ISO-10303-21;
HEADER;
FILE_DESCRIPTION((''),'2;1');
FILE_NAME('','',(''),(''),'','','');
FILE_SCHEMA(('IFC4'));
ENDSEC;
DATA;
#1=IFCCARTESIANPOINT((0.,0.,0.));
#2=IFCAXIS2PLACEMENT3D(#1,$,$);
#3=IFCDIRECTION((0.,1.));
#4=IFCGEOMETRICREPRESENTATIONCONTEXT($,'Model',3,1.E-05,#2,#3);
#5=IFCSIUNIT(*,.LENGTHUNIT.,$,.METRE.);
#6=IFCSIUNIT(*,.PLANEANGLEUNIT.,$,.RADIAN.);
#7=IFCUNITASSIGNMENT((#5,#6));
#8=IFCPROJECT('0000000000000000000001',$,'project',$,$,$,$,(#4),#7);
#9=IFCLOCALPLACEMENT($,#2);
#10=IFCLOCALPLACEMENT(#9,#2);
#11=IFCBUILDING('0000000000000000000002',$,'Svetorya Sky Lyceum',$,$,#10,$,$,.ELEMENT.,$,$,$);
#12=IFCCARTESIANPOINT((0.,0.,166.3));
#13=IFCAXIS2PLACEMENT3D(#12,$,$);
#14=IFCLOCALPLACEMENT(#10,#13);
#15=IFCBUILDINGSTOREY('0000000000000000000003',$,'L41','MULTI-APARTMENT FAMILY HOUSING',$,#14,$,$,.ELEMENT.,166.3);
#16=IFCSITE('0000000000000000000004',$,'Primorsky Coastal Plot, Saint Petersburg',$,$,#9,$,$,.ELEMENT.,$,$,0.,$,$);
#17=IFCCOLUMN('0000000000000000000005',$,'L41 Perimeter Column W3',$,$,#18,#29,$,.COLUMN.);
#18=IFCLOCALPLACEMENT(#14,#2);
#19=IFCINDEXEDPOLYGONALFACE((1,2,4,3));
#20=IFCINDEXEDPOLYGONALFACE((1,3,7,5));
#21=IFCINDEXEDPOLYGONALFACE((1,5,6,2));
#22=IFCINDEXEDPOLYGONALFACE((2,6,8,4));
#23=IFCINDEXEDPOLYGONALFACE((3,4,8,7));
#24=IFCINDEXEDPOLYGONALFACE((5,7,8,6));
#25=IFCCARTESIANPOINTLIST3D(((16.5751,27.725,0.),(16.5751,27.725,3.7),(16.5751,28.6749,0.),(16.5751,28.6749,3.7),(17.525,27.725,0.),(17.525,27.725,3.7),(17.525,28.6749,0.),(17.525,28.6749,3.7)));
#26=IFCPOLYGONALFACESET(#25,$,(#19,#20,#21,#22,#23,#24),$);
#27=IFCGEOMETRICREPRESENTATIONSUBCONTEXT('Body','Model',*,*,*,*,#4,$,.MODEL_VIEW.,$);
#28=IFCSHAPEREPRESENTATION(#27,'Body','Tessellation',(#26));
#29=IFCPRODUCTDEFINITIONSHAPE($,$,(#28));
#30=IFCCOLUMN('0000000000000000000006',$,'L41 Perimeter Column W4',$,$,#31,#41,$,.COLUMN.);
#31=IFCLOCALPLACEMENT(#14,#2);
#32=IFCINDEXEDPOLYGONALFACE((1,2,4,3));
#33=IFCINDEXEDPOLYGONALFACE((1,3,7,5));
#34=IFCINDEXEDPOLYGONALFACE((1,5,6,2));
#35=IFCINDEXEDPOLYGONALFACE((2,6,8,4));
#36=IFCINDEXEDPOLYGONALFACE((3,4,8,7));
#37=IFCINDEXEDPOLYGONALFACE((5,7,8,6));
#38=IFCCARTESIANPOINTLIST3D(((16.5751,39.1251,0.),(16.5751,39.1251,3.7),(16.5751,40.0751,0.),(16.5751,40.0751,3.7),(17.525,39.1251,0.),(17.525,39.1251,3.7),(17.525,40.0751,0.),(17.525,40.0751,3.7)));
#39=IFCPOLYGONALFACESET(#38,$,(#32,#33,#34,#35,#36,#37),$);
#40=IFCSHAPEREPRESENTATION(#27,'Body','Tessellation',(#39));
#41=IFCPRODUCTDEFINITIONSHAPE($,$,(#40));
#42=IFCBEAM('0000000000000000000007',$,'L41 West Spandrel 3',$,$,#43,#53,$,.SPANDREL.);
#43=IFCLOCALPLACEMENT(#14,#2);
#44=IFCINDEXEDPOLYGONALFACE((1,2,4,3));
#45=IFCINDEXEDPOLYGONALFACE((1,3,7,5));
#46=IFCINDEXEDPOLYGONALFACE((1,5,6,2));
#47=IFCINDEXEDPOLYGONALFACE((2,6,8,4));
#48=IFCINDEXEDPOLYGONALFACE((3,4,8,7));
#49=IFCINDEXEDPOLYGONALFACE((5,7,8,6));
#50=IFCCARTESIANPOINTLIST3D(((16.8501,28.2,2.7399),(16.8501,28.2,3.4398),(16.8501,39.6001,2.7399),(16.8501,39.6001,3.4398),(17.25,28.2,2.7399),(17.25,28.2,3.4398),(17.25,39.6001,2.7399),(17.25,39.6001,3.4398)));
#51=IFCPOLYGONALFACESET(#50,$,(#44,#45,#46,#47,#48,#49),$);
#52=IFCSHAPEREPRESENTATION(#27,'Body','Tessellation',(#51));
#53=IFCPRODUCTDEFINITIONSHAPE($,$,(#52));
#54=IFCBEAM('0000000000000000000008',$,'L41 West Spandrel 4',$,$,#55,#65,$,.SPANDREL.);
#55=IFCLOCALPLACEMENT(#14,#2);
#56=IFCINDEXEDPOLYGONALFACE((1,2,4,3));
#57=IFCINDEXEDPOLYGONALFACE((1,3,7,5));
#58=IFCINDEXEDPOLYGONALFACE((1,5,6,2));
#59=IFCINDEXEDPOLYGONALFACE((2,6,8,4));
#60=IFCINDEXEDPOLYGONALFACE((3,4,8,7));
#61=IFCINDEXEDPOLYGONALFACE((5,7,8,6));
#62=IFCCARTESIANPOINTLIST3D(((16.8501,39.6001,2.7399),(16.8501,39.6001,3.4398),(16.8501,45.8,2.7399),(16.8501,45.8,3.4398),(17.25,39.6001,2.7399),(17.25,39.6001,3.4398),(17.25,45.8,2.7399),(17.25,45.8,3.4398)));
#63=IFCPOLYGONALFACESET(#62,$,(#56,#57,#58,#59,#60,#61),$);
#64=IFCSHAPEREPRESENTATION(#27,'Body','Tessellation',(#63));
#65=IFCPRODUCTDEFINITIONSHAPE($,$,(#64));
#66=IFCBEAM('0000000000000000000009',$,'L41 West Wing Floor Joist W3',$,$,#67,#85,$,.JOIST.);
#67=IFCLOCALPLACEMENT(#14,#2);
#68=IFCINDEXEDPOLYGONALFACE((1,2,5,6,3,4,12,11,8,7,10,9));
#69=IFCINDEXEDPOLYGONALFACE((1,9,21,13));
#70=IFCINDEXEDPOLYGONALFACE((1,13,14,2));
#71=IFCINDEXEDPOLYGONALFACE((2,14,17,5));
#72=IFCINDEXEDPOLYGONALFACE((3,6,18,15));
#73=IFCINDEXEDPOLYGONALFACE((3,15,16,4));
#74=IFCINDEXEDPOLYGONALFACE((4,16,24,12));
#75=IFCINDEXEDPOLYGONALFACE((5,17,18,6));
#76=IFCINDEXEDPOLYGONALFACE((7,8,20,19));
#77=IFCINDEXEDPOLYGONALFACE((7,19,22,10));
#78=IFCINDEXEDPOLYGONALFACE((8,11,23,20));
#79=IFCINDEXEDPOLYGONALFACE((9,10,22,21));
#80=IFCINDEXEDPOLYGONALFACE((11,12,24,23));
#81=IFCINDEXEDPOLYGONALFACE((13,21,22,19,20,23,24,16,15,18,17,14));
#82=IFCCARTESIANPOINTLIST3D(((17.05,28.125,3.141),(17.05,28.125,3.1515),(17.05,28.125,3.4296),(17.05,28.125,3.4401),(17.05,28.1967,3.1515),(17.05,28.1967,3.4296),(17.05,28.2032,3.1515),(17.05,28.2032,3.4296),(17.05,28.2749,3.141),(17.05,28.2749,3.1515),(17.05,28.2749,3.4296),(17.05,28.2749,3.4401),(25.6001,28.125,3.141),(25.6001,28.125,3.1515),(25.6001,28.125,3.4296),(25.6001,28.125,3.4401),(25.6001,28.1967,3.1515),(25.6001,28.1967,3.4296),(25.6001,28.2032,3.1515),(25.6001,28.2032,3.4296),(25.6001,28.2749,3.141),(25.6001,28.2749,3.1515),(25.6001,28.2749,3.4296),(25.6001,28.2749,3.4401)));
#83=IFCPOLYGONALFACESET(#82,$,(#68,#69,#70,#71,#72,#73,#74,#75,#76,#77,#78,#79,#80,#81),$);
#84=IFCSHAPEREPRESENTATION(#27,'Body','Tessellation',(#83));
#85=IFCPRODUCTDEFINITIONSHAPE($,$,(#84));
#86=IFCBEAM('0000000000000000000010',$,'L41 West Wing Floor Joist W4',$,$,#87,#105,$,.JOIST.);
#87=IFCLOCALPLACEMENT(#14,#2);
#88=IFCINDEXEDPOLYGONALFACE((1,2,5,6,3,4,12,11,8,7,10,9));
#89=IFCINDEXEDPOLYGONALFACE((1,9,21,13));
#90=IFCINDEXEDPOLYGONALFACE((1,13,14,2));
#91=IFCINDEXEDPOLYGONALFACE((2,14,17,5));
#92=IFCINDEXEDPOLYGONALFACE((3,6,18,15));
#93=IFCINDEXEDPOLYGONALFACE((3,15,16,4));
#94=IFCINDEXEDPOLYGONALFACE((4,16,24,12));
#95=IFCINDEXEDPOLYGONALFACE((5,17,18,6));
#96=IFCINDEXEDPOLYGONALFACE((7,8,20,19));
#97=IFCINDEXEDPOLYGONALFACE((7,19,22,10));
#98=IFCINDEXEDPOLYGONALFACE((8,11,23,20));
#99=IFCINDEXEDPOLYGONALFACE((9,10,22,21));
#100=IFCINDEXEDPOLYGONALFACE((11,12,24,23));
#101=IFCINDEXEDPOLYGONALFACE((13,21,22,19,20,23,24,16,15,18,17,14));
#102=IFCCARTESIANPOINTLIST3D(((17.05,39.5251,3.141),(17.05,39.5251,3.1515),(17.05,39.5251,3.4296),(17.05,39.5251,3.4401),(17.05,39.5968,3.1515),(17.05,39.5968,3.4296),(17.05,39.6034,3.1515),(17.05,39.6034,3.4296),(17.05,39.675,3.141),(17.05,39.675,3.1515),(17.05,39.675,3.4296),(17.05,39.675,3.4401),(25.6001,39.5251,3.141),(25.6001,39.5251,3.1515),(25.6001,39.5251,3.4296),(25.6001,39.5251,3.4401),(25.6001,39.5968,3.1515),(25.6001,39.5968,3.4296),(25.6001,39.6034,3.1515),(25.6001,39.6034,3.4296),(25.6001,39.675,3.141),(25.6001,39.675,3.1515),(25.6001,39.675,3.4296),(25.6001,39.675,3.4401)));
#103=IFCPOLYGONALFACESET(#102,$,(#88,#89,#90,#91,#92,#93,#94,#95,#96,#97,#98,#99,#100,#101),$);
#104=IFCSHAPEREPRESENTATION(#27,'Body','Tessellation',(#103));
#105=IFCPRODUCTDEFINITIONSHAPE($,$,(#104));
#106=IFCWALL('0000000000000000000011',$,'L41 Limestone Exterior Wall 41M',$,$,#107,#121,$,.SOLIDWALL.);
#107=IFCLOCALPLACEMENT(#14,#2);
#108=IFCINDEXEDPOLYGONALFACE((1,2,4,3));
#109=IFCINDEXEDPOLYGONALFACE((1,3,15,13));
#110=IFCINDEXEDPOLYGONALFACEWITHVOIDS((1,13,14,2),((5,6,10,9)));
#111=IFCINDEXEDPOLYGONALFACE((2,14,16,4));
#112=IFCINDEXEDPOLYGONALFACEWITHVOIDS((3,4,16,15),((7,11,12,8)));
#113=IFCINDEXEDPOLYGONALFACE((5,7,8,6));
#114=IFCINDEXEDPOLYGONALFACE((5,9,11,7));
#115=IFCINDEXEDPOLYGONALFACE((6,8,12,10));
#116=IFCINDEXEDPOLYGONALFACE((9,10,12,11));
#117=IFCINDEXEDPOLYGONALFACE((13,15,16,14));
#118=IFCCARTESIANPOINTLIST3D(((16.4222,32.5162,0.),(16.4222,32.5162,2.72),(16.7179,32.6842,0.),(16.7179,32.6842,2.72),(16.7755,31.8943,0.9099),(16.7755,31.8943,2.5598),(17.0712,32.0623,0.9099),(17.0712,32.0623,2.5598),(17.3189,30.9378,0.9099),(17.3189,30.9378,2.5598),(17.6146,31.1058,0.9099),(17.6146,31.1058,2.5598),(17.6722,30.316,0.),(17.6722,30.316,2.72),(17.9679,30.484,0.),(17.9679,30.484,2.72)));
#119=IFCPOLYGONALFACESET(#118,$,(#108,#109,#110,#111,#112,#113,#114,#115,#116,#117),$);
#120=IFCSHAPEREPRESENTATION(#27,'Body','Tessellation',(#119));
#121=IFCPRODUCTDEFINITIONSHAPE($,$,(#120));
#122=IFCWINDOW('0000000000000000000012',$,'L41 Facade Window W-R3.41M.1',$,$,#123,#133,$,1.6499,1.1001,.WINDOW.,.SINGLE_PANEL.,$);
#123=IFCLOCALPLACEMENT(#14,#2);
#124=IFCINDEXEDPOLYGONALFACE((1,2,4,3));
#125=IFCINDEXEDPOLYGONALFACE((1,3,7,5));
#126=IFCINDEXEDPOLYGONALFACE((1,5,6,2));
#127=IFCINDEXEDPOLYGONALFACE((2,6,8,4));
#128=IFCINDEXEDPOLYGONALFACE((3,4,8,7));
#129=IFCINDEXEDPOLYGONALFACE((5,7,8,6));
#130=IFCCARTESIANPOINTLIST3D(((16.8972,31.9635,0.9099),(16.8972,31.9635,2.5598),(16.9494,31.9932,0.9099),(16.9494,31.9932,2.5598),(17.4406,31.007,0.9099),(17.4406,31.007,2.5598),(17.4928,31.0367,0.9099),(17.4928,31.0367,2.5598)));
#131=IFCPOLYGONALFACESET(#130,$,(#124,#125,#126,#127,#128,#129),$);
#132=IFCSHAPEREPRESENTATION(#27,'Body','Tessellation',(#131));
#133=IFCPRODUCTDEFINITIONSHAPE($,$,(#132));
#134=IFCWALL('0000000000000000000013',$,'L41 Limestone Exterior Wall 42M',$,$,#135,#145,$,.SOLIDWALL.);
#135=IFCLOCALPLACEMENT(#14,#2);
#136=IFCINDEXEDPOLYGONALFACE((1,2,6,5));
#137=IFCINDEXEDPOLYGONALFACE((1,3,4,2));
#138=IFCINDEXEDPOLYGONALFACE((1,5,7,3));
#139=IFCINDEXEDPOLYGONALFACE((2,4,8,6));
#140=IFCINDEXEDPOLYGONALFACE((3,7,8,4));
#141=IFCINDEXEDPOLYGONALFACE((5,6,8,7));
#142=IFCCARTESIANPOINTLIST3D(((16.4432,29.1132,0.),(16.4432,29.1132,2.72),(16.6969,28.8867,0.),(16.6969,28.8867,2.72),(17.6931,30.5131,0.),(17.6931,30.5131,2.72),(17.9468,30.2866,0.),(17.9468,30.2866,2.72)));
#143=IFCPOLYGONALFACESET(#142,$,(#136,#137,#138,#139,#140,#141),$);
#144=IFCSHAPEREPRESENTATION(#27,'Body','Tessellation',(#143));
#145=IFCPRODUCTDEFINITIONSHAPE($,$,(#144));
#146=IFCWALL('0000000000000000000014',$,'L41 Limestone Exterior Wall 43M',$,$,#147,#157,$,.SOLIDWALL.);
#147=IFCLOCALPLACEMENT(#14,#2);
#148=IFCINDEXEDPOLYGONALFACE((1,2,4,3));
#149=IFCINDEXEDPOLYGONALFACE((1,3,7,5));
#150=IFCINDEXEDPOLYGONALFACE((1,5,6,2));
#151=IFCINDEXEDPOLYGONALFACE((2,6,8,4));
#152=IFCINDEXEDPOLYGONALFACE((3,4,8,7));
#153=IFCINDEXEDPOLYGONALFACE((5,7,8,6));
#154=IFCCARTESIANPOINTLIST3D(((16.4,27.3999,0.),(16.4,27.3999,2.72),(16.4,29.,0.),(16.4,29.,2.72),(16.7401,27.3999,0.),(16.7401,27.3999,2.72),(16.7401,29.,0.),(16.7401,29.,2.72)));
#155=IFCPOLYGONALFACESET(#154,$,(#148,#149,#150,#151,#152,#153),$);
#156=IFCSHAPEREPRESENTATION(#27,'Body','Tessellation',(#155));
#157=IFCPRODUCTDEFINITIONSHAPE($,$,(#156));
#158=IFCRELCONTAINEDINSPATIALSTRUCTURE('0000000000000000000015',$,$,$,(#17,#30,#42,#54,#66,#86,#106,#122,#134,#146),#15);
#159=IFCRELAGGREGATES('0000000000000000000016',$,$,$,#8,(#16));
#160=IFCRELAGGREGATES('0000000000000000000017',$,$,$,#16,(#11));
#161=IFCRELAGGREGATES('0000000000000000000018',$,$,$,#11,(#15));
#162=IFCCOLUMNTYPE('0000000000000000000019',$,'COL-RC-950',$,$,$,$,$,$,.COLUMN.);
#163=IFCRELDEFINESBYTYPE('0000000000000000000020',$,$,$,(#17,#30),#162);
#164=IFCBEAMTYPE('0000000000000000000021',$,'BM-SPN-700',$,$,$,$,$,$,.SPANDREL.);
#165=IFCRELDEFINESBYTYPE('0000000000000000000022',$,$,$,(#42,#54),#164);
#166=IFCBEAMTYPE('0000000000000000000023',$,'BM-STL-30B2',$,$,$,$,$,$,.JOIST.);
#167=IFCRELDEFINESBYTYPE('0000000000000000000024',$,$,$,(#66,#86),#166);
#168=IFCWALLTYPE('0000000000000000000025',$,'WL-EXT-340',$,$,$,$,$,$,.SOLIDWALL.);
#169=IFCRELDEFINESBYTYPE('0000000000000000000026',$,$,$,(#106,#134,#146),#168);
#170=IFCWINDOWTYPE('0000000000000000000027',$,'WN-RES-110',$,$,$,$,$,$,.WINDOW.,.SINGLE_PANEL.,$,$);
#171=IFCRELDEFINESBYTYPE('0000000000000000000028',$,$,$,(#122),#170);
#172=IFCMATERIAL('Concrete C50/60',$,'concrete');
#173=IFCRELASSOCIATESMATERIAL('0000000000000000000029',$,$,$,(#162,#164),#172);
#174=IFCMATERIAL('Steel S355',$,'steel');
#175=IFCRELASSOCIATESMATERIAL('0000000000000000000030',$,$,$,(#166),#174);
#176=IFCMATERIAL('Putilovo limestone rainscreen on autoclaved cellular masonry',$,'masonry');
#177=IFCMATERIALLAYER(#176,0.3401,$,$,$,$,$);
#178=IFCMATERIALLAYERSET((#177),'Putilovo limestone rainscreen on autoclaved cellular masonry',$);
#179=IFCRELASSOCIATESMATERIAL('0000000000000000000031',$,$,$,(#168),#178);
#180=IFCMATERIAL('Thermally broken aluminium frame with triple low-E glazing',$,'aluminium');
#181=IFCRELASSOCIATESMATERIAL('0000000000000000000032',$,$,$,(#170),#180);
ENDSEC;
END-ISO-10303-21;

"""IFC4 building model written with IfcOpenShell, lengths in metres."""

from ifc_helpers import new_model, si_unit, direction, frame, frame_2d, origin, origin_2d, place, context, subcontext, project, spatial, rectangle, i_section, extrude, material, layer, layer_set, material_profile, profile_set, type_object, element, fill, save


model = new_model("IFC4")

# Units and contexts
model_context = context("Model", 3, precision=1e-05, world=origin(), true_north=direction((0.0, 1.0)))
body_context = subcontext(model_context, "Body", "Model", "MODEL_VIEW")
ifc_project = project(units=[si_unit("LENGTHUNIT", "METRE"), si_unit("PLANEANGLEUNIT", "RADIAN")], contexts=[model_context])

# Site, building, storey
site_placement = place(None, origin())
site = spatial("IfcSite", under=ifc_project, at=site_placement, Name="Primorsky Coastal Plot, Saint Petersburg", CompositionType="ELEMENT", RefElevation=0.0)
building_placement = place(site_placement, origin())
building = spatial("IfcBuilding", under=site, at=building_placement, Name="Svetorya Sky Lyceum", CompositionType="ELEMENT")
storey_placement = place(building_placement, frame((0.0, 0.0, 166.3)))
storey = spatial("IfcBuildingStorey", under=building, at=storey_placement, Name="L41", Description="MULTI-APARTMENT FAMILY HOUSING", CompositionType="ELEMENT", Elevation=166.3)

# Columns
ifc_material_1 = material(Name="Concrete C50/60", Category="concrete")
ifc_material_profile_1 = material_profile(ifc_material_1, rectangle(XDim=0.95, YDim=0.95, at=origin_2d()), Name="RC COL 950x950")
ifc_profile_set_1 = profile_set([ifc_material_profile_1], Name="Concrete C50/60")
column_type = type_object("IfcColumnType", Name="COL-RC-950", PredefinedType="COLUMN", material=ifc_profile_set_1)
for number, where, z_axis, x_axis, name in (
    (1, (17.05, 28.2, 0.0), (0.0, 0.0, 1.0), (1.0, 0.0, 0.0), "L41 Perimeter Column W3"),
    (2, (17.05, 39.6001, 0.0), (0.0, 0.0, 1.0), (1.0, 0.0, 0.0), "L41 Perimeter Column W4"),
):
    element("IfcColumn", number, at=place(storey_placement, frame(where, z_axis=z_axis, x_axis=x_axis)), inside=storey, type_object=column_type, Name=name, PredefinedType="COLUMN", context=body_context, shape_type="SweptSolid", body=[
        extrude(rectangle(XDim=0.95, YDim=0.95, at=origin_2d()), origin(), (0.0, 0.0, 1.0), 3.7),
    ])

# Beams
ifc_material_profile_2 = material_profile(ifc_material_1, rectangle(XDim=0.3999, YDim=0.7, at=origin_2d()), Name="RC SPANDREL 400x700")
ifc_profile_set_2 = profile_set([ifc_material_profile_2], Name="Concrete C50/60")
beam_type_1 = type_object("IfcBeamType", Name="BM-SPN-700", PredefinedType="SPANDREL", material=ifc_profile_set_2)
beam_1_placement = place(storey_placement, frame((17.05, 28.2, 3.0898), z_axis=(0.0, 1.0, 0.0), x_axis=(-1.0, 0.0, 0.0)))
element("IfcBeam", 3, at=beam_1_placement, inside=storey, type_object=beam_type_1, Name="L41 West Spandrel 3", PredefinedType="SPANDREL", context=body_context, shape_type="SweptSolid", body=[
    extrude(rectangle(XDim=0.3999, YDim=0.7, at=origin_2d()), origin(), (0.0, 0.0, 1.0), 11.4001),
])
beam_2_placement = place(storey_placement, frame((17.05, 39.6001, 3.0898), z_axis=(0.0, 1.0, 0.0), x_axis=(-1.0, 0.0, 0.0)))
element("IfcBeam", 4, at=beam_2_placement, inside=storey, type_object=beam_type_1, Name="L41 West Spandrel 4", PredefinedType="SPANDREL", context=body_context, shape_type="SweptSolid", body=[
    extrude(rectangle(XDim=0.3999, YDim=0.7, at=origin_2d()), origin(), (0.0, 0.0, 1.0), 6.2),
])
ifc_material_2 = material(Name="Steel S355", Category="steel")
ifc_material_profile_3 = material_profile(ifc_material_2, i_section(OverallWidth=0.1499, OverallDepth=0.2991, WebThickness=0.0066, FlangeThickness=0.0105, at=origin_2d()), Name="GOST 30B2")
ifc_profile_set_3 = profile_set([ifc_material_profile_3], Name="Steel S355")
beam_type_2 = type_object("IfcBeamType", Name="BM-STL-30B2", PredefinedType="JOIST", material=ifc_profile_set_3)
for number, where, z_axis, x_axis, name in (
    (5, (17.05, 28.2, 3.2905), (1.0, 0.0, 0.0), (0.0, 1.0, 0.0), "L41 West Wing Floor Joist W3"),
    (6, (17.05, 39.6001, 3.2905), (1.0, 0.0, 0.0), (0.0, 1.0, 0.0), "L41 West Wing Floor Joist W4"),
):
    element("IfcBeam", number, at=place(storey_placement, frame(where, z_axis=z_axis, x_axis=x_axis)), inside=storey, type_object=beam_type_2, Name=name, PredefinedType="JOIST", context=body_context, shape_type="SweptSolid", body=[
        extrude(i_section(OverallWidth=0.1499, OverallDepth=0.2991, WebThickness=0.0066, FlangeThickness=0.0105, at=origin_2d()), origin(), (0.0, 0.0, 1.0), 8.55),
    ])

# Wall, opening, window
ifc_material_3 = material(Name="Putilovo limestone rainscreen on autoclaved cellular masonry", Category="masonry")
ifc_layer_1 = layer(ifc_material_3, 0.3401)
ifc_layer_set_1 = layer_set([ifc_layer_1], Name="Putilovo limestone rainscreen on autoclaved cellular masonry")
wall_type_1 = type_object("IfcWallType", Name="WL-EXT-340", PredefinedType="SOLIDWALL", material=ifc_layer_set_1)
wall_1_placement = place(storey_placement, frame((16.5701, 32.6001, 0.0), z_axis=(0.0, 0.0, 1.0), x_axis=(0.493976, -0.869475, 0.0)))
wall_1 = element("IfcWall", 7, at=wall_1_placement, inside=storey, type_object=wall_type_1, Name="L41 Limestone Exterior Wall 41M", PredefinedType="SOLIDWALL", context=body_context, shape_type="SweptSolid", body=[
    extrude(rectangle(XDim=2.5305, YDim=0.3401, at=frame_2d((1.2651, 0.0))), origin(), (0.0, 0.0, 1.0), 2.72),
])
opening_1_placement = place(wall_1_placement, frame((0.7151, 0.0, 0.9099)))
opening_1 = element("IfcOpeningElement", 8, at=opening_1_placement, cuts=wall_1, PredefinedType="OPENING", context=body_context, shape_type="SweptSolid", body=[
    extrude(rectangle(XDim=1.1001, YDim=1.6499, at=frame_2d((0.55, 0.825))), frame((0.0, 0.1799, 0.0), z_axis=(0.0, -1.0, 0.0), x_axis=(1.0, 0.0, 0.0)), (0.0, 0.0, 1.0), 0.3601),
])
ifc_material_4 = material(Name="Thermally broken aluminium frame with triple low-E glazing", Category="aluminium")
window_type_1 = type_object("IfcWindowType", Name="WN-RES-110", PartitioningType="SINGLE_PANEL", PredefinedType="WINDOW", material=ifc_material_4)
window_1_placement = place(opening_1_placement, origin())
window_1 = element("IfcWindow", 9, at=window_1_placement, inside=storey, type_object=window_type_1, Name="L41 Facade Window W-R3.41M.1", OverallHeight=1.6499, OverallWidth=1.1001, PartitioningType="SINGLE_PANEL", PredefinedType="WINDOW", context=body_context, shape_type="SweptSolid", body=[
    extrude(rectangle(XDim=1.1001, YDim=1.6499, at=frame_2d((0.55, 0.825))), frame((0.0, 0.03, 0.0), z_axis=(0.0, -1.0, 0.0), x_axis=(1.0, 0.0, 0.0)), (0.0, 0.0, 1.0), 0.0601),
])
fill(opening_1, window_1)

# Walls
wall_2_placement = place(storey_placement, frame((17.8201, 30.3999, 0.0), z_axis=(0.0, 0.0, 1.0), x_axis=(-0.666042, -0.745915, 0.0)))
element("IfcWall", 10, at=wall_2_placement, inside=storey, type_object=wall_type_1, Name="L41 Limestone Exterior Wall 42M", PredefinedType="SOLIDWALL", context=body_context, shape_type="SweptSolid", body=[
    extrude(rectangle(XDim=1.8767, YDim=0.3401, at=frame_2d((0.9385, 0.0))), origin(), (0.0, 0.0, 1.0), 2.72),
])
wall_3_placement = place(storey_placement, frame((16.5701, 29.0, 0.0), z_axis=(0.0, 0.0, 1.0), x_axis=(0.0, -1.0, 0.0)))
element("IfcWall", 11, at=wall_3_placement, inside=storey, type_object=wall_type_1, Name="L41 Limestone Exterior Wall 43M", PredefinedType="SOLIDWALL", context=body_context, shape_type="SweptSolid", body=[
    extrude(rectangle(XDim=1.6001, YDim=0.3401, at=frame_2d((0.8, 0.0))), origin(), (0.0, 0.0, 1.0), 2.72),
])

save(model, "model.ifc")
